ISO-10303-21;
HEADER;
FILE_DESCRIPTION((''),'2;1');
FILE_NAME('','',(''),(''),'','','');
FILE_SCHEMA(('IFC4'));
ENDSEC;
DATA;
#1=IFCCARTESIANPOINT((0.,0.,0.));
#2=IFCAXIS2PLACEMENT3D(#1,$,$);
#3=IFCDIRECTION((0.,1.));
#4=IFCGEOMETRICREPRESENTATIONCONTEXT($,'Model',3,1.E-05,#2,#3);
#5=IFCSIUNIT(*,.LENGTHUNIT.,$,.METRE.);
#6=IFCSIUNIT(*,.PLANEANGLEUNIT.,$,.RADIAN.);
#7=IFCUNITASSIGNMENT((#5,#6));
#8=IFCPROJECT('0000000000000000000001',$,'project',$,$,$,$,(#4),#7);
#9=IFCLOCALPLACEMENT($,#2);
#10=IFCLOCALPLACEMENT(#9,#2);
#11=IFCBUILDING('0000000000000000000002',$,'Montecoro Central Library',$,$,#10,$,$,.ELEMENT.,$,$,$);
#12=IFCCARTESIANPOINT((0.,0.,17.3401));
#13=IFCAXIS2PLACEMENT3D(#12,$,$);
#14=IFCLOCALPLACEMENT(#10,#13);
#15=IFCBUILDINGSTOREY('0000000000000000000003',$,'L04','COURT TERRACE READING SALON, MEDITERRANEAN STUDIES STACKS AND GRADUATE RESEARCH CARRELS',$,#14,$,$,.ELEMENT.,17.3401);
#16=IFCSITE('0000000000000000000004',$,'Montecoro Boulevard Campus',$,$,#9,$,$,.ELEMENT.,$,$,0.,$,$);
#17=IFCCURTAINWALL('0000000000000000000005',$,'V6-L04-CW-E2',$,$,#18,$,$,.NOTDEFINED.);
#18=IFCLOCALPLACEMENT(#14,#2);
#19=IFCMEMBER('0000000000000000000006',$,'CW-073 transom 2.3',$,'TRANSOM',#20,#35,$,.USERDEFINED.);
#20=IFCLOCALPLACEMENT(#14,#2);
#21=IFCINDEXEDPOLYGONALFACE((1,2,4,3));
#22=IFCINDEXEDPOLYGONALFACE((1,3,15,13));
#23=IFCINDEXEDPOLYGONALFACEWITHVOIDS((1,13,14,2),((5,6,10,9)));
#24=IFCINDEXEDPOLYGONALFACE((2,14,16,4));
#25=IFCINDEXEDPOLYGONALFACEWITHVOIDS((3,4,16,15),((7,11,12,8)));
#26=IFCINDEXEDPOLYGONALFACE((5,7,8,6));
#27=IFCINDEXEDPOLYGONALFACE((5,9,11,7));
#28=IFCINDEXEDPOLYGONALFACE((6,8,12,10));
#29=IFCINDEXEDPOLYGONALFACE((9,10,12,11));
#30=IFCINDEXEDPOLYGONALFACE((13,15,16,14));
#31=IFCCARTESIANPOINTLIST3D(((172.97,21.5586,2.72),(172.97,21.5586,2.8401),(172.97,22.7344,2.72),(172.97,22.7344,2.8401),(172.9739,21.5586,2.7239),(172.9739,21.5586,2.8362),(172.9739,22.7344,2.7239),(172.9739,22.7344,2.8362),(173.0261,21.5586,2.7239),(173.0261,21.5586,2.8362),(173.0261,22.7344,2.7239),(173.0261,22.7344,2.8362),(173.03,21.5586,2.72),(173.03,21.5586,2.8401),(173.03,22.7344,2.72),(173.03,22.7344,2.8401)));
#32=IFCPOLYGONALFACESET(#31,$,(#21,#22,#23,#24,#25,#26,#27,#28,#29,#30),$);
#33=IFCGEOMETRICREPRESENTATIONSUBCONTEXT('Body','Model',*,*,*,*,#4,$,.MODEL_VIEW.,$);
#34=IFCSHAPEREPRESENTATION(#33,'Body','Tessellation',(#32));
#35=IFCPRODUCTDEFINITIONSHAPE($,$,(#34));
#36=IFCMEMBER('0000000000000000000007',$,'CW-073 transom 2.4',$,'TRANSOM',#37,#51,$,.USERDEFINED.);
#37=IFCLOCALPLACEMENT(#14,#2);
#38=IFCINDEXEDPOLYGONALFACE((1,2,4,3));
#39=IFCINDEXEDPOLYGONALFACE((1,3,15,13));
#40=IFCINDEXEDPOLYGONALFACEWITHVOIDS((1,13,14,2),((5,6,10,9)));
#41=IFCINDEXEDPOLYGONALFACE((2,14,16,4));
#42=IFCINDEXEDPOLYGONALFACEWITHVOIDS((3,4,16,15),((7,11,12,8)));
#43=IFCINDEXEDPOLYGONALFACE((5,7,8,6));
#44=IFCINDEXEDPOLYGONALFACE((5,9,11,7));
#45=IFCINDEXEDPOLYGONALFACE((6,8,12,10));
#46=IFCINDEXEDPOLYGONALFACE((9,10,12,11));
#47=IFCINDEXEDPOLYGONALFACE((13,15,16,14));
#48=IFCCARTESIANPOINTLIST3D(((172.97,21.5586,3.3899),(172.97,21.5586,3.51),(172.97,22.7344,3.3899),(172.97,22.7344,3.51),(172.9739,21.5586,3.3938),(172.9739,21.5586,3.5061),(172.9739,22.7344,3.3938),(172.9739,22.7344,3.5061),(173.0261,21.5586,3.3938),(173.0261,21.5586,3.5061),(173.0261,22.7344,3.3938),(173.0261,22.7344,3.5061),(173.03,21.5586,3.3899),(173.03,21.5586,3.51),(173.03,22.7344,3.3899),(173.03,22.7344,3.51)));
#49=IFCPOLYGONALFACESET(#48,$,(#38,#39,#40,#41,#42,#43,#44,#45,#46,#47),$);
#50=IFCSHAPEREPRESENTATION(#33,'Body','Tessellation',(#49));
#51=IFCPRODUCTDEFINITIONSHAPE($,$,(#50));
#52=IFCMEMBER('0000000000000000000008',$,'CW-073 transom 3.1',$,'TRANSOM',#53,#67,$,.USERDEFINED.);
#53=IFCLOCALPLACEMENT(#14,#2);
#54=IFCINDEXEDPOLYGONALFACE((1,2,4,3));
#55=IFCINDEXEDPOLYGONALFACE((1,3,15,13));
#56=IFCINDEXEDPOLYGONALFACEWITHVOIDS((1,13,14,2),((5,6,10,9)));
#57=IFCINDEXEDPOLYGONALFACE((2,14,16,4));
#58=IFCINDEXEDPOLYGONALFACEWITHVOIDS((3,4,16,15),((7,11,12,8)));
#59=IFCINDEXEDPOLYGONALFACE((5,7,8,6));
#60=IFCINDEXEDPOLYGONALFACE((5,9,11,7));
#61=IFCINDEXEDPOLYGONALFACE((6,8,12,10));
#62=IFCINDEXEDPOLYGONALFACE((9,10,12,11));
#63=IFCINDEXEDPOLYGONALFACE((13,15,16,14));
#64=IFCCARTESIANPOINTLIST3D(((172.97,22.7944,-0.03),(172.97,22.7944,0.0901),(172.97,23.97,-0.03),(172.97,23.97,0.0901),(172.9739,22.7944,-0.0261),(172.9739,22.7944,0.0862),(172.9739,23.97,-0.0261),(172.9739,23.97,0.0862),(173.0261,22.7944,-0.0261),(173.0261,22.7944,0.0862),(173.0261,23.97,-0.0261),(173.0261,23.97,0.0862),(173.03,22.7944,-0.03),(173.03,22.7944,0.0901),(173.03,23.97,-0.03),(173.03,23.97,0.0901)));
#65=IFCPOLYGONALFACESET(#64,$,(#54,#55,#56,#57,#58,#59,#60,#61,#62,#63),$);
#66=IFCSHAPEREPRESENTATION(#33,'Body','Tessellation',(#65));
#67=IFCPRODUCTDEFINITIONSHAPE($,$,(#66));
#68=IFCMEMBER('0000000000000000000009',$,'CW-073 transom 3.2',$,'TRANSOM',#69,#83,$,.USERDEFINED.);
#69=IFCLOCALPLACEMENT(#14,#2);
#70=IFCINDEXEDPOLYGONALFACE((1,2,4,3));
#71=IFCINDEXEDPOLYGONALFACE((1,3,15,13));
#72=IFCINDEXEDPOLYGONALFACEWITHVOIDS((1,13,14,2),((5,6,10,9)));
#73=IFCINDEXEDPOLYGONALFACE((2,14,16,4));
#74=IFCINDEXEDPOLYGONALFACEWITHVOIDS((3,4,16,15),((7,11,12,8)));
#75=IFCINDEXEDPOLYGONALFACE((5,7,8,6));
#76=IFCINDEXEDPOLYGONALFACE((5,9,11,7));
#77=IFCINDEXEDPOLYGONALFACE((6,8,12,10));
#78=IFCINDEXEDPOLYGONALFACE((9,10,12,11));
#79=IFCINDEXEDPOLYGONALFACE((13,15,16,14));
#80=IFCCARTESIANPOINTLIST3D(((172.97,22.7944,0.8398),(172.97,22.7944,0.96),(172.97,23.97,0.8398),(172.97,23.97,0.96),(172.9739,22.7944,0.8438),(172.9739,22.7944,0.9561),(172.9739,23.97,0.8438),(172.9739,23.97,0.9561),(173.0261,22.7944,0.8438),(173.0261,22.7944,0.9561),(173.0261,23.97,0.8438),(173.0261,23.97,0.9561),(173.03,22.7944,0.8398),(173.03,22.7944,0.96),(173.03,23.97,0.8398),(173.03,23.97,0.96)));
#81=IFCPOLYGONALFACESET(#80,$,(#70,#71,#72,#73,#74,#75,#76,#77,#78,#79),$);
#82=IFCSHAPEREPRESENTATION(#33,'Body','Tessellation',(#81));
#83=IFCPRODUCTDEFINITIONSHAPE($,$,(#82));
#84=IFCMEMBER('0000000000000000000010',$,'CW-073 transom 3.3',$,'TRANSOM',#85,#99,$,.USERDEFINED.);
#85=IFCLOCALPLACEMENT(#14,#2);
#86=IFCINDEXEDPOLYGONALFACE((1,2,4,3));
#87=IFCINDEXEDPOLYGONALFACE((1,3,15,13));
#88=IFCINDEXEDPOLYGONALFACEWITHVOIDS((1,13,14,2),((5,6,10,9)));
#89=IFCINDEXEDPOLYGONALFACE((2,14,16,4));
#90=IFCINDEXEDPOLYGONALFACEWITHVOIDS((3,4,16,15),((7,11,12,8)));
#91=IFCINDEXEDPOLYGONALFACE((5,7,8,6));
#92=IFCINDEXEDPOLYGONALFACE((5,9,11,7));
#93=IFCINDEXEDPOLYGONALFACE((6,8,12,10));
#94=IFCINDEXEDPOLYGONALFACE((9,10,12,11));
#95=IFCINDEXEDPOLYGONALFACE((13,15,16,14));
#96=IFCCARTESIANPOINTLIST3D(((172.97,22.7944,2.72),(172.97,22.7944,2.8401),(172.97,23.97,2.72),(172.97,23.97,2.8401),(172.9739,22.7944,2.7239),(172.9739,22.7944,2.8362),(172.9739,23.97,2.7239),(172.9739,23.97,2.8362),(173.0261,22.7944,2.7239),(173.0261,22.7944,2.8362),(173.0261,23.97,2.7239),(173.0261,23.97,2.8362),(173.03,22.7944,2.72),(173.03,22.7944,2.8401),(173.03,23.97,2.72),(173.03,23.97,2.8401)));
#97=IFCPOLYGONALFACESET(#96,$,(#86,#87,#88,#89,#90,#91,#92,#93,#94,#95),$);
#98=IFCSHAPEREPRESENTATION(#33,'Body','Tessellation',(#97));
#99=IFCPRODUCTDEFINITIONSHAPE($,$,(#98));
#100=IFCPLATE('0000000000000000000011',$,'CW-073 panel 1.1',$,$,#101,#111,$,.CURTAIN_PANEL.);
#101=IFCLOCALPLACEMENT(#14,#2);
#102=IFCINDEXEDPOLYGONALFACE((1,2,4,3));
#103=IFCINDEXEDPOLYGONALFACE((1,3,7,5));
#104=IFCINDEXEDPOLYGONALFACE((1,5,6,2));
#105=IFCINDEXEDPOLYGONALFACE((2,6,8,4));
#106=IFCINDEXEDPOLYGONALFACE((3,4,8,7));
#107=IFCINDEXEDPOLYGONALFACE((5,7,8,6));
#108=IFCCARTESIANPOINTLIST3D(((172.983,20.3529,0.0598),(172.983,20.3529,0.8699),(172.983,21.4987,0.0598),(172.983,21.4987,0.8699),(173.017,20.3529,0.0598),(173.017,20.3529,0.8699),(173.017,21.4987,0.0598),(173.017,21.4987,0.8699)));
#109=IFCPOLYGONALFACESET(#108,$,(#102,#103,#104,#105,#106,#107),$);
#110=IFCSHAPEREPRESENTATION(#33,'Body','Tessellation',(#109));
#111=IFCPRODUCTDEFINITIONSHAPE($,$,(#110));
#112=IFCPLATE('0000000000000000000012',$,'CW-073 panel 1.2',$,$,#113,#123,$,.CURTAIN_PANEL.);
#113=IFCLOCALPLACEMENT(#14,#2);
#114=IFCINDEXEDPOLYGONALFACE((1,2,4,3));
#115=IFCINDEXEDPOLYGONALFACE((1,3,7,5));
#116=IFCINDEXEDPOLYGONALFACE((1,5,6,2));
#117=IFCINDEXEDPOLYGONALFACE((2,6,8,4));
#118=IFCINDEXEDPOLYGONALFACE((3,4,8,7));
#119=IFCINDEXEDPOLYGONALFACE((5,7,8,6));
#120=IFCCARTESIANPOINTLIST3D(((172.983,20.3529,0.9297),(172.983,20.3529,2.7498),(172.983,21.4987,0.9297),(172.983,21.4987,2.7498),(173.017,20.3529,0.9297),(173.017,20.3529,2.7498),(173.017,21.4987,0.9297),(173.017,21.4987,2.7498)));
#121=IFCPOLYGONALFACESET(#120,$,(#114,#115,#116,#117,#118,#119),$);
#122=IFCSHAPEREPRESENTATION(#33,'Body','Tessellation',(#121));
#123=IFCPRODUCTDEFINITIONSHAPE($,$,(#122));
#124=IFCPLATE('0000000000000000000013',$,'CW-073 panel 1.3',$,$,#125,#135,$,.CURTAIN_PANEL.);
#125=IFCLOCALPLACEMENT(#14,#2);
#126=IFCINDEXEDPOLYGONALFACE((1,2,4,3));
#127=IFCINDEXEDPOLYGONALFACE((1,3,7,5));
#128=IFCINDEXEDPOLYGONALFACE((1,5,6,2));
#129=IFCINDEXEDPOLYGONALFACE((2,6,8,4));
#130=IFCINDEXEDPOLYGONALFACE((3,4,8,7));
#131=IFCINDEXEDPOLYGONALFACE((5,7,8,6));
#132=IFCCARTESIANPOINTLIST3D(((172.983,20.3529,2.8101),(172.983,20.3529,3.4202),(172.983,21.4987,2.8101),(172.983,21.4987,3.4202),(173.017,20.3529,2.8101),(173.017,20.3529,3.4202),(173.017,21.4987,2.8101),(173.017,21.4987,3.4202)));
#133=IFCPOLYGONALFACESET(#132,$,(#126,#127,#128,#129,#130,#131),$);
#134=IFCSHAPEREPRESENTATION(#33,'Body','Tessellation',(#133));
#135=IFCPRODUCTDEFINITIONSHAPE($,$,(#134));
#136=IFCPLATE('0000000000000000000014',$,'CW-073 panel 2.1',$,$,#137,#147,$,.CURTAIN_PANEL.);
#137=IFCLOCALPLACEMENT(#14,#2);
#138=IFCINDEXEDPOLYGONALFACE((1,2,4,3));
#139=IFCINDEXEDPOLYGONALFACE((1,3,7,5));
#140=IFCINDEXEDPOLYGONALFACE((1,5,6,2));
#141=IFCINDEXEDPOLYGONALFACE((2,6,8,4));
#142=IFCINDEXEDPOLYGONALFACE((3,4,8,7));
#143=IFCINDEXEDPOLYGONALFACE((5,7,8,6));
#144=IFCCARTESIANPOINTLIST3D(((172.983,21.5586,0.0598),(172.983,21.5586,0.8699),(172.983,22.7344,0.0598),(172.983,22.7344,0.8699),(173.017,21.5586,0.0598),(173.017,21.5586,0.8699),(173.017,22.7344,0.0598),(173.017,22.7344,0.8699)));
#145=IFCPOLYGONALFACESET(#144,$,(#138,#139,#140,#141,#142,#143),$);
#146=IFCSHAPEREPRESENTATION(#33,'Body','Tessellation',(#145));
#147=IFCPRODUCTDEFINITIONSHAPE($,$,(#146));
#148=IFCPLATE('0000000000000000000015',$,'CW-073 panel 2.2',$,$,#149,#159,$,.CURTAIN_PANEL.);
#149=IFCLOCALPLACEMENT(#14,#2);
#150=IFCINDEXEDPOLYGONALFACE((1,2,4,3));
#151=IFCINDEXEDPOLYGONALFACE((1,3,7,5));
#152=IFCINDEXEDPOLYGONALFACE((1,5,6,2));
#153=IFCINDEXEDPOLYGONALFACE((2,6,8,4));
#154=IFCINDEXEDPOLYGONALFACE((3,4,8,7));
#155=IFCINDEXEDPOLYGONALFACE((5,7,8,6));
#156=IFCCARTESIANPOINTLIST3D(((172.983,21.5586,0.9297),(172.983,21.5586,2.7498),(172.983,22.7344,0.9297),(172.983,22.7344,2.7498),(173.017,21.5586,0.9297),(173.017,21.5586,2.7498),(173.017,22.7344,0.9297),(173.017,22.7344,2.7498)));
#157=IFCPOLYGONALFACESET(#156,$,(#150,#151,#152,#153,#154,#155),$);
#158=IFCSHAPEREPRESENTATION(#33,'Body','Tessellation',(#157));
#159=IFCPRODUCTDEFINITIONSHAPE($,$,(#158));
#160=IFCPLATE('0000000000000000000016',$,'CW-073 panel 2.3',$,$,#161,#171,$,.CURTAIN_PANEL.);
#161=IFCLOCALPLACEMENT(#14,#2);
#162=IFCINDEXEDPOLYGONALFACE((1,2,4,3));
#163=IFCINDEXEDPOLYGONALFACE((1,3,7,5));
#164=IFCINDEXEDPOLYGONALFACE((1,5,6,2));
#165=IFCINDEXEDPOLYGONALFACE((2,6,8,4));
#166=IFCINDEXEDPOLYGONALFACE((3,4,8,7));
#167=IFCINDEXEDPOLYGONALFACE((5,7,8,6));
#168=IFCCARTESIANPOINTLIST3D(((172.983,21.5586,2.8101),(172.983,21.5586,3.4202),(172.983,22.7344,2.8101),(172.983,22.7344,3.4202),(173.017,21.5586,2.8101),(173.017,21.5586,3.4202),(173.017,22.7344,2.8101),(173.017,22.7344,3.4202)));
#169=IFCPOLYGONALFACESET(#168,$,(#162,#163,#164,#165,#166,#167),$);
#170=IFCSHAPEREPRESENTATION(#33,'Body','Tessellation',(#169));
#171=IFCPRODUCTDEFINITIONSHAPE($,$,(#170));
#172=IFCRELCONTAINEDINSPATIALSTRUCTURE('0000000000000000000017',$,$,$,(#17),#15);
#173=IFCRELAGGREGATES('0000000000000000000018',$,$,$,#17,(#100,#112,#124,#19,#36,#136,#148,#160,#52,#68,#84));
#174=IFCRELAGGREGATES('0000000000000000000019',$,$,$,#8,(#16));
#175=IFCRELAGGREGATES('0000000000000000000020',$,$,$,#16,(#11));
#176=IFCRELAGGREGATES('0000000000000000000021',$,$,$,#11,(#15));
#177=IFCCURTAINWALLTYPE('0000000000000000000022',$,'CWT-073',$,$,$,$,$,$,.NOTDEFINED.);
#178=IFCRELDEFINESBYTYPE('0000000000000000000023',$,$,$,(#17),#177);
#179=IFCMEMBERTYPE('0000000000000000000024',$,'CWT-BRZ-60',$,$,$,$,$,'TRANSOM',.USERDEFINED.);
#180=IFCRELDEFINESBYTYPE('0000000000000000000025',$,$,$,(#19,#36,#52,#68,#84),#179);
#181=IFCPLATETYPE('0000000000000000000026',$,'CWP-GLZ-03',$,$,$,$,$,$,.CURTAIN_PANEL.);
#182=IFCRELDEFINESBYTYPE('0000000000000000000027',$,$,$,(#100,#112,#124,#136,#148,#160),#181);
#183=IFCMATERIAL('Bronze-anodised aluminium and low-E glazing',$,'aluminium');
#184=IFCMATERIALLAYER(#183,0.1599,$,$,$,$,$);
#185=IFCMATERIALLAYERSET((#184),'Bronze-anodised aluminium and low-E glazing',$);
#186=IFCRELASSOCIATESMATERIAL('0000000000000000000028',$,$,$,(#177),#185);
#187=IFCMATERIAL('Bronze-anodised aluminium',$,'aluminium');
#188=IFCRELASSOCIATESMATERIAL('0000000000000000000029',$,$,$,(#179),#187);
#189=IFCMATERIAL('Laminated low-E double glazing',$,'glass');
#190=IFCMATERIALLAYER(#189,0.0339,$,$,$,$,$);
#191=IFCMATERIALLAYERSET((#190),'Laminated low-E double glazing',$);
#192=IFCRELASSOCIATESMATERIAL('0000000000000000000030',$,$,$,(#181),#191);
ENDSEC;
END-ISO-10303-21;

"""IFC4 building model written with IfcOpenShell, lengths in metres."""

from ifc_helpers import new_model, si_unit, direction, frame, origin, origin_2d, place, context, subcontext, project, spatial, rectangle, hollow_rectangle, extrude, material, layer, layer_set, material_profile, profile_set, type_object, element, aggregate, save


model = new_model("IFC4")

# Units and contexts
model_context = context("Model", 3, precision=1e-05, world=origin(), true_north=direction((0.0, 1.0)))
body_context = subcontext(model_context, "Body", "Model", "MODEL_VIEW")
ifc_project = project(units=[si_unit("LENGTHUNIT", "METRE"), si_unit("PLANEANGLEUNIT", "RADIAN")], contexts=[model_context])

# Site, building, storey
site_placement = place(None, origin())
site = spatial("IfcSite", under=ifc_project, at=site_placement, Name="Montecoro Boulevard Campus", CompositionType="ELEMENT", RefElevation=0.0)
building_placement = place(site_placement, origin())
building = spatial("IfcBuilding", under=site, at=building_placement, Name="Montecoro Central Library", CompositionType="ELEMENT")
storey_placement = place(building_placement, frame((0.0, 0.0, 17.3401)))
storey = spatial("IfcBuildingStorey", under=building, at=storey_placement, Name="L04", Description="COURT TERRACE READING SALON, MEDITERRANEAN STUDIES STACKS AND GRADUATE RESEARCH CARRELS", CompositionType="ELEMENT", Elevation=17.3401)

# Curtain wall, members, plates
ifc_material_1 = material(Name="Bronze-anodised aluminium and low-E glazing", Category="aluminium")
ifc_layer_1 = layer(ifc_material_1, 0.1599)
ifc_layer_set_1 = layer_set([ifc_layer_1], Name="Bronze-anodised aluminium and low-E glazing")
curtain_wall_type = type_object("IfcCurtainWallType", Name="CWT-073", PredefinedType="NOTDEFINED", material=ifc_layer_set_1)
curtain_wall_placement = place(storey_placement, origin())
curtain_wall = element("IfcCurtainWall", 1, at=curtain_wall_placement, inside=storey, type_object=curtain_wall_type, Name="V6-L04-CW-E2", PredefinedType="NOTDEFINED")
ifc_material_2 = material(Name="Bronze-anodised aluminium", Category="aluminium")
ifc_material_profile_1 = material_profile(ifc_material_2, hollow_rectangle(XDim=0.0601, YDim=0.1201, WallThickness=0.0039, at=origin_2d()), Name="CWT 120x60x4.0")
ifc_profile_set_1 = profile_set([ifc_material_profile_1], Name="Bronze-anodised aluminium")
member_type_1 = type_object("IfcMemberType", Name="CWT-BRZ-60", ElementType="TRANSOM", PredefinedType="USERDEFINED", material=ifc_profile_set_1)
member_1_placement = place(storey_placement, frame((173.0, 21.5586, 2.78), z_axis=(0.0, 1.0, 0.0), x_axis=(-1.0, 0.0, 0.0)))
member_1 = element("IfcMember", 2, at=member_1_placement, type_object=member_type_1, Name="CW-073 transom 2.3", ObjectType="TRANSOM", PredefinedType="USERDEFINED", context=body_context, shape_type="SweptSolid", body=[
    extrude(hollow_rectangle(XDim=0.0601, YDim=0.1201, WallThickness=0.0039, at=origin_2d()), origin(), (0.0, 0.0, 1.0), 1.1758),
])
member_2_placement = place(storey_placement, frame((173.0, 21.5586, 3.45), z_axis=(0.0, 1.0, 0.0), x_axis=(-1.0, 0.0, 0.0)))
member_2 = element("IfcMember", 3, at=member_2_placement, type_object=member_type_1, Name="CW-073 transom 2.4", ObjectType="TRANSOM", PredefinedType="USERDEFINED", context=body_context, shape_type="SweptSolid", body=[
    extrude(hollow_rectangle(XDim=0.0601, YDim=0.1201, WallThickness=0.0039, at=origin_2d()), origin(), (0.0, 0.0, 1.0), 1.1758),
])
member_3_placement = place(storey_placement, frame((173.0, 22.7944, 0.03), z_axis=(0.0, 1.0, 0.0), x_axis=(-1.0, 0.0, 0.0)))
member_3 = element("IfcMember", 4, at=member_3_placement, type_object=member_type_1, Name="CW-073 transom 3.1", ObjectType="TRANSOM", PredefinedType="USERDEFINED", context=body_context, shape_type="SweptSolid", body=[
    extrude(hollow_rectangle(XDim=0.0601, YDim=0.1201, WallThickness=0.0039, at=origin_2d()), origin(), (0.0, 0.0, 1.0), 1.1755),
])
member_4_placement = place(storey_placement, frame((173.0, 22.7944, 0.8999), z_axis=(0.0, 1.0, 0.0), x_axis=(-1.0, 0.0, 0.0)))
member_4 = element("IfcMember", 5, at=member_4_placement, type_object=member_type_1, Name="CW-073 transom 3.2", ObjectType="TRANSOM", PredefinedType="USERDEFINED", context=body_context, shape_type="SweptSolid", body=[
    extrude(hollow_rectangle(XDim=0.0601, YDim=0.1201, WallThickness=0.0039, at=origin_2d()), origin(), (0.0, 0.0, 1.0), 1.1755),
])
member_5_placement = place(storey_placement, frame((173.0, 22.7944, 2.78), z_axis=(0.0, 1.0, 0.0), x_axis=(-1.0, 0.0, 0.0)))
member_5 = element("IfcMember", 6, at=member_5_placement, type_object=member_type_1, Name="CW-073 transom 3.3", ObjectType="TRANSOM", PredefinedType="USERDEFINED", context=body_context, shape_type="SweptSolid", body=[
    extrude(hollow_rectangle(XDim=0.0601, YDim=0.1201, WallThickness=0.0039, at=origin_2d()), origin(), (0.0, 0.0, 1.0), 1.1755),
])
ifc_material_3 = material(Name="Laminated low-E double glazing", Category="glass")
ifc_layer_2 = layer(ifc_material_3, 0.0339)
ifc_layer_set_2 = layer_set([ifc_layer_2], Name="Laminated low-E double glazing")
plate_type = type_object("IfcPlateType", Name="CWP-GLZ-03", PredefinedType="CURTAIN_PANEL", material=ifc_layer_set_2)
plate_1_placement = place(storey_placement, frame((173.0, 20.9258, 0.0598), z_axis=(0.0, 0.0, 1.0), x_axis=(0.0, 1.0, 0.0)))
plate_1 = element("IfcPlate", 7, at=plate_1_placement, type_object=plate_type, Name="CW-073 panel 1.1", PredefinedType="CURTAIN_PANEL", context=body_context, shape_type="SweptSolid", body=[
    extrude(rectangle(XDim=1.1458, YDim=0.0339, at=origin_2d()), origin(), (0.0, 0.0, 1.0), 0.8101),
])
plate_2_placement = place(storey_placement, frame((173.0, 20.9258, 0.9297), z_axis=(0.0, 0.0, 1.0), x_axis=(0.0, 1.0, 0.0)))
plate_2 = element("IfcPlate", 8, at=plate_2_placement, type_object=plate_type, Name="CW-073 panel 1.2", PredefinedType="CURTAIN_PANEL", context=body_context, shape_type="SweptSolid", body=[
    extrude(rectangle(XDim=1.1458, YDim=0.0339, at=origin_2d()), origin(), (0.0, 0.0, 1.0), 1.8201),
])
plate_3_placement = place(storey_placement, frame((173.0, 20.9258, 2.8101), z_axis=(0.0, 0.0, 1.0), x_axis=(0.0, 1.0, 0.0)))
plate_3 = element("IfcPlate", 9, at=plate_3_placement, type_object=plate_type, Name="CW-073 panel 1.3", PredefinedType="CURTAIN_PANEL", context=body_context, shape_type="SweptSolid", body=[
    extrude(rectangle(XDim=1.1458, YDim=0.0339, at=origin_2d()), origin(), (0.0, 0.0, 1.0), 0.6101),
])
plate_4_placement = place(storey_placement, frame((173.0, 22.1465, 0.0598), z_axis=(0.0, 0.0, 1.0), x_axis=(0.0, 1.0, 0.0)))
plate_4 = element("IfcPlate", 10, at=plate_4_placement, type_object=plate_type, Name="CW-073 panel 2.1", PredefinedType="CURTAIN_PANEL", context=body_context, shape_type="SweptSolid", body=[
    extrude(rectangle(XDim=1.1758, YDim=0.0339, at=origin_2d()), origin(), (0.0, 0.0, 1.0), 0.8101),
])
plate_5_placement = place(storey_placement, frame((173.0, 22.1465, 0.9297), z_axis=(0.0, 0.0, 1.0), x_axis=(0.0, 1.0, 0.0)))
plate_5 = element("IfcPlate", 11, at=plate_5_placement, type_object=plate_type, Name="CW-073 panel 2.2", PredefinedType="CURTAIN_PANEL", context=body_context, shape_type="SweptSolid", body=[
    extrude(rectangle(XDim=1.1758, YDim=0.0339, at=origin_2d()), origin(), (0.0, 0.0, 1.0), 1.8201),
])
plate_6_placement = place(storey_placement, frame((173.0, 22.1465, 2.8101), z_axis=(0.0, 0.0, 1.0), x_axis=(0.0, 1.0, 0.0)))
plate_6 = element("IfcPlate", 12, at=plate_6_placement, type_object=plate_type, Name="CW-073 panel 2.3", PredefinedType="CURTAIN_PANEL", context=body_context, shape_type="SweptSolid", body=[
    extrude(rectangle(XDim=1.1758, YDim=0.0339, at=origin_2d()), origin(), (0.0, 0.0, 1.0), 0.6101),
])
aggregate(curtain_wall, [plate_1, plate_2, plate_3, member_1, member_2, plate_4, plate_5, plate_6, member_3, member_4, member_5])

save(model, "model.ifc")
